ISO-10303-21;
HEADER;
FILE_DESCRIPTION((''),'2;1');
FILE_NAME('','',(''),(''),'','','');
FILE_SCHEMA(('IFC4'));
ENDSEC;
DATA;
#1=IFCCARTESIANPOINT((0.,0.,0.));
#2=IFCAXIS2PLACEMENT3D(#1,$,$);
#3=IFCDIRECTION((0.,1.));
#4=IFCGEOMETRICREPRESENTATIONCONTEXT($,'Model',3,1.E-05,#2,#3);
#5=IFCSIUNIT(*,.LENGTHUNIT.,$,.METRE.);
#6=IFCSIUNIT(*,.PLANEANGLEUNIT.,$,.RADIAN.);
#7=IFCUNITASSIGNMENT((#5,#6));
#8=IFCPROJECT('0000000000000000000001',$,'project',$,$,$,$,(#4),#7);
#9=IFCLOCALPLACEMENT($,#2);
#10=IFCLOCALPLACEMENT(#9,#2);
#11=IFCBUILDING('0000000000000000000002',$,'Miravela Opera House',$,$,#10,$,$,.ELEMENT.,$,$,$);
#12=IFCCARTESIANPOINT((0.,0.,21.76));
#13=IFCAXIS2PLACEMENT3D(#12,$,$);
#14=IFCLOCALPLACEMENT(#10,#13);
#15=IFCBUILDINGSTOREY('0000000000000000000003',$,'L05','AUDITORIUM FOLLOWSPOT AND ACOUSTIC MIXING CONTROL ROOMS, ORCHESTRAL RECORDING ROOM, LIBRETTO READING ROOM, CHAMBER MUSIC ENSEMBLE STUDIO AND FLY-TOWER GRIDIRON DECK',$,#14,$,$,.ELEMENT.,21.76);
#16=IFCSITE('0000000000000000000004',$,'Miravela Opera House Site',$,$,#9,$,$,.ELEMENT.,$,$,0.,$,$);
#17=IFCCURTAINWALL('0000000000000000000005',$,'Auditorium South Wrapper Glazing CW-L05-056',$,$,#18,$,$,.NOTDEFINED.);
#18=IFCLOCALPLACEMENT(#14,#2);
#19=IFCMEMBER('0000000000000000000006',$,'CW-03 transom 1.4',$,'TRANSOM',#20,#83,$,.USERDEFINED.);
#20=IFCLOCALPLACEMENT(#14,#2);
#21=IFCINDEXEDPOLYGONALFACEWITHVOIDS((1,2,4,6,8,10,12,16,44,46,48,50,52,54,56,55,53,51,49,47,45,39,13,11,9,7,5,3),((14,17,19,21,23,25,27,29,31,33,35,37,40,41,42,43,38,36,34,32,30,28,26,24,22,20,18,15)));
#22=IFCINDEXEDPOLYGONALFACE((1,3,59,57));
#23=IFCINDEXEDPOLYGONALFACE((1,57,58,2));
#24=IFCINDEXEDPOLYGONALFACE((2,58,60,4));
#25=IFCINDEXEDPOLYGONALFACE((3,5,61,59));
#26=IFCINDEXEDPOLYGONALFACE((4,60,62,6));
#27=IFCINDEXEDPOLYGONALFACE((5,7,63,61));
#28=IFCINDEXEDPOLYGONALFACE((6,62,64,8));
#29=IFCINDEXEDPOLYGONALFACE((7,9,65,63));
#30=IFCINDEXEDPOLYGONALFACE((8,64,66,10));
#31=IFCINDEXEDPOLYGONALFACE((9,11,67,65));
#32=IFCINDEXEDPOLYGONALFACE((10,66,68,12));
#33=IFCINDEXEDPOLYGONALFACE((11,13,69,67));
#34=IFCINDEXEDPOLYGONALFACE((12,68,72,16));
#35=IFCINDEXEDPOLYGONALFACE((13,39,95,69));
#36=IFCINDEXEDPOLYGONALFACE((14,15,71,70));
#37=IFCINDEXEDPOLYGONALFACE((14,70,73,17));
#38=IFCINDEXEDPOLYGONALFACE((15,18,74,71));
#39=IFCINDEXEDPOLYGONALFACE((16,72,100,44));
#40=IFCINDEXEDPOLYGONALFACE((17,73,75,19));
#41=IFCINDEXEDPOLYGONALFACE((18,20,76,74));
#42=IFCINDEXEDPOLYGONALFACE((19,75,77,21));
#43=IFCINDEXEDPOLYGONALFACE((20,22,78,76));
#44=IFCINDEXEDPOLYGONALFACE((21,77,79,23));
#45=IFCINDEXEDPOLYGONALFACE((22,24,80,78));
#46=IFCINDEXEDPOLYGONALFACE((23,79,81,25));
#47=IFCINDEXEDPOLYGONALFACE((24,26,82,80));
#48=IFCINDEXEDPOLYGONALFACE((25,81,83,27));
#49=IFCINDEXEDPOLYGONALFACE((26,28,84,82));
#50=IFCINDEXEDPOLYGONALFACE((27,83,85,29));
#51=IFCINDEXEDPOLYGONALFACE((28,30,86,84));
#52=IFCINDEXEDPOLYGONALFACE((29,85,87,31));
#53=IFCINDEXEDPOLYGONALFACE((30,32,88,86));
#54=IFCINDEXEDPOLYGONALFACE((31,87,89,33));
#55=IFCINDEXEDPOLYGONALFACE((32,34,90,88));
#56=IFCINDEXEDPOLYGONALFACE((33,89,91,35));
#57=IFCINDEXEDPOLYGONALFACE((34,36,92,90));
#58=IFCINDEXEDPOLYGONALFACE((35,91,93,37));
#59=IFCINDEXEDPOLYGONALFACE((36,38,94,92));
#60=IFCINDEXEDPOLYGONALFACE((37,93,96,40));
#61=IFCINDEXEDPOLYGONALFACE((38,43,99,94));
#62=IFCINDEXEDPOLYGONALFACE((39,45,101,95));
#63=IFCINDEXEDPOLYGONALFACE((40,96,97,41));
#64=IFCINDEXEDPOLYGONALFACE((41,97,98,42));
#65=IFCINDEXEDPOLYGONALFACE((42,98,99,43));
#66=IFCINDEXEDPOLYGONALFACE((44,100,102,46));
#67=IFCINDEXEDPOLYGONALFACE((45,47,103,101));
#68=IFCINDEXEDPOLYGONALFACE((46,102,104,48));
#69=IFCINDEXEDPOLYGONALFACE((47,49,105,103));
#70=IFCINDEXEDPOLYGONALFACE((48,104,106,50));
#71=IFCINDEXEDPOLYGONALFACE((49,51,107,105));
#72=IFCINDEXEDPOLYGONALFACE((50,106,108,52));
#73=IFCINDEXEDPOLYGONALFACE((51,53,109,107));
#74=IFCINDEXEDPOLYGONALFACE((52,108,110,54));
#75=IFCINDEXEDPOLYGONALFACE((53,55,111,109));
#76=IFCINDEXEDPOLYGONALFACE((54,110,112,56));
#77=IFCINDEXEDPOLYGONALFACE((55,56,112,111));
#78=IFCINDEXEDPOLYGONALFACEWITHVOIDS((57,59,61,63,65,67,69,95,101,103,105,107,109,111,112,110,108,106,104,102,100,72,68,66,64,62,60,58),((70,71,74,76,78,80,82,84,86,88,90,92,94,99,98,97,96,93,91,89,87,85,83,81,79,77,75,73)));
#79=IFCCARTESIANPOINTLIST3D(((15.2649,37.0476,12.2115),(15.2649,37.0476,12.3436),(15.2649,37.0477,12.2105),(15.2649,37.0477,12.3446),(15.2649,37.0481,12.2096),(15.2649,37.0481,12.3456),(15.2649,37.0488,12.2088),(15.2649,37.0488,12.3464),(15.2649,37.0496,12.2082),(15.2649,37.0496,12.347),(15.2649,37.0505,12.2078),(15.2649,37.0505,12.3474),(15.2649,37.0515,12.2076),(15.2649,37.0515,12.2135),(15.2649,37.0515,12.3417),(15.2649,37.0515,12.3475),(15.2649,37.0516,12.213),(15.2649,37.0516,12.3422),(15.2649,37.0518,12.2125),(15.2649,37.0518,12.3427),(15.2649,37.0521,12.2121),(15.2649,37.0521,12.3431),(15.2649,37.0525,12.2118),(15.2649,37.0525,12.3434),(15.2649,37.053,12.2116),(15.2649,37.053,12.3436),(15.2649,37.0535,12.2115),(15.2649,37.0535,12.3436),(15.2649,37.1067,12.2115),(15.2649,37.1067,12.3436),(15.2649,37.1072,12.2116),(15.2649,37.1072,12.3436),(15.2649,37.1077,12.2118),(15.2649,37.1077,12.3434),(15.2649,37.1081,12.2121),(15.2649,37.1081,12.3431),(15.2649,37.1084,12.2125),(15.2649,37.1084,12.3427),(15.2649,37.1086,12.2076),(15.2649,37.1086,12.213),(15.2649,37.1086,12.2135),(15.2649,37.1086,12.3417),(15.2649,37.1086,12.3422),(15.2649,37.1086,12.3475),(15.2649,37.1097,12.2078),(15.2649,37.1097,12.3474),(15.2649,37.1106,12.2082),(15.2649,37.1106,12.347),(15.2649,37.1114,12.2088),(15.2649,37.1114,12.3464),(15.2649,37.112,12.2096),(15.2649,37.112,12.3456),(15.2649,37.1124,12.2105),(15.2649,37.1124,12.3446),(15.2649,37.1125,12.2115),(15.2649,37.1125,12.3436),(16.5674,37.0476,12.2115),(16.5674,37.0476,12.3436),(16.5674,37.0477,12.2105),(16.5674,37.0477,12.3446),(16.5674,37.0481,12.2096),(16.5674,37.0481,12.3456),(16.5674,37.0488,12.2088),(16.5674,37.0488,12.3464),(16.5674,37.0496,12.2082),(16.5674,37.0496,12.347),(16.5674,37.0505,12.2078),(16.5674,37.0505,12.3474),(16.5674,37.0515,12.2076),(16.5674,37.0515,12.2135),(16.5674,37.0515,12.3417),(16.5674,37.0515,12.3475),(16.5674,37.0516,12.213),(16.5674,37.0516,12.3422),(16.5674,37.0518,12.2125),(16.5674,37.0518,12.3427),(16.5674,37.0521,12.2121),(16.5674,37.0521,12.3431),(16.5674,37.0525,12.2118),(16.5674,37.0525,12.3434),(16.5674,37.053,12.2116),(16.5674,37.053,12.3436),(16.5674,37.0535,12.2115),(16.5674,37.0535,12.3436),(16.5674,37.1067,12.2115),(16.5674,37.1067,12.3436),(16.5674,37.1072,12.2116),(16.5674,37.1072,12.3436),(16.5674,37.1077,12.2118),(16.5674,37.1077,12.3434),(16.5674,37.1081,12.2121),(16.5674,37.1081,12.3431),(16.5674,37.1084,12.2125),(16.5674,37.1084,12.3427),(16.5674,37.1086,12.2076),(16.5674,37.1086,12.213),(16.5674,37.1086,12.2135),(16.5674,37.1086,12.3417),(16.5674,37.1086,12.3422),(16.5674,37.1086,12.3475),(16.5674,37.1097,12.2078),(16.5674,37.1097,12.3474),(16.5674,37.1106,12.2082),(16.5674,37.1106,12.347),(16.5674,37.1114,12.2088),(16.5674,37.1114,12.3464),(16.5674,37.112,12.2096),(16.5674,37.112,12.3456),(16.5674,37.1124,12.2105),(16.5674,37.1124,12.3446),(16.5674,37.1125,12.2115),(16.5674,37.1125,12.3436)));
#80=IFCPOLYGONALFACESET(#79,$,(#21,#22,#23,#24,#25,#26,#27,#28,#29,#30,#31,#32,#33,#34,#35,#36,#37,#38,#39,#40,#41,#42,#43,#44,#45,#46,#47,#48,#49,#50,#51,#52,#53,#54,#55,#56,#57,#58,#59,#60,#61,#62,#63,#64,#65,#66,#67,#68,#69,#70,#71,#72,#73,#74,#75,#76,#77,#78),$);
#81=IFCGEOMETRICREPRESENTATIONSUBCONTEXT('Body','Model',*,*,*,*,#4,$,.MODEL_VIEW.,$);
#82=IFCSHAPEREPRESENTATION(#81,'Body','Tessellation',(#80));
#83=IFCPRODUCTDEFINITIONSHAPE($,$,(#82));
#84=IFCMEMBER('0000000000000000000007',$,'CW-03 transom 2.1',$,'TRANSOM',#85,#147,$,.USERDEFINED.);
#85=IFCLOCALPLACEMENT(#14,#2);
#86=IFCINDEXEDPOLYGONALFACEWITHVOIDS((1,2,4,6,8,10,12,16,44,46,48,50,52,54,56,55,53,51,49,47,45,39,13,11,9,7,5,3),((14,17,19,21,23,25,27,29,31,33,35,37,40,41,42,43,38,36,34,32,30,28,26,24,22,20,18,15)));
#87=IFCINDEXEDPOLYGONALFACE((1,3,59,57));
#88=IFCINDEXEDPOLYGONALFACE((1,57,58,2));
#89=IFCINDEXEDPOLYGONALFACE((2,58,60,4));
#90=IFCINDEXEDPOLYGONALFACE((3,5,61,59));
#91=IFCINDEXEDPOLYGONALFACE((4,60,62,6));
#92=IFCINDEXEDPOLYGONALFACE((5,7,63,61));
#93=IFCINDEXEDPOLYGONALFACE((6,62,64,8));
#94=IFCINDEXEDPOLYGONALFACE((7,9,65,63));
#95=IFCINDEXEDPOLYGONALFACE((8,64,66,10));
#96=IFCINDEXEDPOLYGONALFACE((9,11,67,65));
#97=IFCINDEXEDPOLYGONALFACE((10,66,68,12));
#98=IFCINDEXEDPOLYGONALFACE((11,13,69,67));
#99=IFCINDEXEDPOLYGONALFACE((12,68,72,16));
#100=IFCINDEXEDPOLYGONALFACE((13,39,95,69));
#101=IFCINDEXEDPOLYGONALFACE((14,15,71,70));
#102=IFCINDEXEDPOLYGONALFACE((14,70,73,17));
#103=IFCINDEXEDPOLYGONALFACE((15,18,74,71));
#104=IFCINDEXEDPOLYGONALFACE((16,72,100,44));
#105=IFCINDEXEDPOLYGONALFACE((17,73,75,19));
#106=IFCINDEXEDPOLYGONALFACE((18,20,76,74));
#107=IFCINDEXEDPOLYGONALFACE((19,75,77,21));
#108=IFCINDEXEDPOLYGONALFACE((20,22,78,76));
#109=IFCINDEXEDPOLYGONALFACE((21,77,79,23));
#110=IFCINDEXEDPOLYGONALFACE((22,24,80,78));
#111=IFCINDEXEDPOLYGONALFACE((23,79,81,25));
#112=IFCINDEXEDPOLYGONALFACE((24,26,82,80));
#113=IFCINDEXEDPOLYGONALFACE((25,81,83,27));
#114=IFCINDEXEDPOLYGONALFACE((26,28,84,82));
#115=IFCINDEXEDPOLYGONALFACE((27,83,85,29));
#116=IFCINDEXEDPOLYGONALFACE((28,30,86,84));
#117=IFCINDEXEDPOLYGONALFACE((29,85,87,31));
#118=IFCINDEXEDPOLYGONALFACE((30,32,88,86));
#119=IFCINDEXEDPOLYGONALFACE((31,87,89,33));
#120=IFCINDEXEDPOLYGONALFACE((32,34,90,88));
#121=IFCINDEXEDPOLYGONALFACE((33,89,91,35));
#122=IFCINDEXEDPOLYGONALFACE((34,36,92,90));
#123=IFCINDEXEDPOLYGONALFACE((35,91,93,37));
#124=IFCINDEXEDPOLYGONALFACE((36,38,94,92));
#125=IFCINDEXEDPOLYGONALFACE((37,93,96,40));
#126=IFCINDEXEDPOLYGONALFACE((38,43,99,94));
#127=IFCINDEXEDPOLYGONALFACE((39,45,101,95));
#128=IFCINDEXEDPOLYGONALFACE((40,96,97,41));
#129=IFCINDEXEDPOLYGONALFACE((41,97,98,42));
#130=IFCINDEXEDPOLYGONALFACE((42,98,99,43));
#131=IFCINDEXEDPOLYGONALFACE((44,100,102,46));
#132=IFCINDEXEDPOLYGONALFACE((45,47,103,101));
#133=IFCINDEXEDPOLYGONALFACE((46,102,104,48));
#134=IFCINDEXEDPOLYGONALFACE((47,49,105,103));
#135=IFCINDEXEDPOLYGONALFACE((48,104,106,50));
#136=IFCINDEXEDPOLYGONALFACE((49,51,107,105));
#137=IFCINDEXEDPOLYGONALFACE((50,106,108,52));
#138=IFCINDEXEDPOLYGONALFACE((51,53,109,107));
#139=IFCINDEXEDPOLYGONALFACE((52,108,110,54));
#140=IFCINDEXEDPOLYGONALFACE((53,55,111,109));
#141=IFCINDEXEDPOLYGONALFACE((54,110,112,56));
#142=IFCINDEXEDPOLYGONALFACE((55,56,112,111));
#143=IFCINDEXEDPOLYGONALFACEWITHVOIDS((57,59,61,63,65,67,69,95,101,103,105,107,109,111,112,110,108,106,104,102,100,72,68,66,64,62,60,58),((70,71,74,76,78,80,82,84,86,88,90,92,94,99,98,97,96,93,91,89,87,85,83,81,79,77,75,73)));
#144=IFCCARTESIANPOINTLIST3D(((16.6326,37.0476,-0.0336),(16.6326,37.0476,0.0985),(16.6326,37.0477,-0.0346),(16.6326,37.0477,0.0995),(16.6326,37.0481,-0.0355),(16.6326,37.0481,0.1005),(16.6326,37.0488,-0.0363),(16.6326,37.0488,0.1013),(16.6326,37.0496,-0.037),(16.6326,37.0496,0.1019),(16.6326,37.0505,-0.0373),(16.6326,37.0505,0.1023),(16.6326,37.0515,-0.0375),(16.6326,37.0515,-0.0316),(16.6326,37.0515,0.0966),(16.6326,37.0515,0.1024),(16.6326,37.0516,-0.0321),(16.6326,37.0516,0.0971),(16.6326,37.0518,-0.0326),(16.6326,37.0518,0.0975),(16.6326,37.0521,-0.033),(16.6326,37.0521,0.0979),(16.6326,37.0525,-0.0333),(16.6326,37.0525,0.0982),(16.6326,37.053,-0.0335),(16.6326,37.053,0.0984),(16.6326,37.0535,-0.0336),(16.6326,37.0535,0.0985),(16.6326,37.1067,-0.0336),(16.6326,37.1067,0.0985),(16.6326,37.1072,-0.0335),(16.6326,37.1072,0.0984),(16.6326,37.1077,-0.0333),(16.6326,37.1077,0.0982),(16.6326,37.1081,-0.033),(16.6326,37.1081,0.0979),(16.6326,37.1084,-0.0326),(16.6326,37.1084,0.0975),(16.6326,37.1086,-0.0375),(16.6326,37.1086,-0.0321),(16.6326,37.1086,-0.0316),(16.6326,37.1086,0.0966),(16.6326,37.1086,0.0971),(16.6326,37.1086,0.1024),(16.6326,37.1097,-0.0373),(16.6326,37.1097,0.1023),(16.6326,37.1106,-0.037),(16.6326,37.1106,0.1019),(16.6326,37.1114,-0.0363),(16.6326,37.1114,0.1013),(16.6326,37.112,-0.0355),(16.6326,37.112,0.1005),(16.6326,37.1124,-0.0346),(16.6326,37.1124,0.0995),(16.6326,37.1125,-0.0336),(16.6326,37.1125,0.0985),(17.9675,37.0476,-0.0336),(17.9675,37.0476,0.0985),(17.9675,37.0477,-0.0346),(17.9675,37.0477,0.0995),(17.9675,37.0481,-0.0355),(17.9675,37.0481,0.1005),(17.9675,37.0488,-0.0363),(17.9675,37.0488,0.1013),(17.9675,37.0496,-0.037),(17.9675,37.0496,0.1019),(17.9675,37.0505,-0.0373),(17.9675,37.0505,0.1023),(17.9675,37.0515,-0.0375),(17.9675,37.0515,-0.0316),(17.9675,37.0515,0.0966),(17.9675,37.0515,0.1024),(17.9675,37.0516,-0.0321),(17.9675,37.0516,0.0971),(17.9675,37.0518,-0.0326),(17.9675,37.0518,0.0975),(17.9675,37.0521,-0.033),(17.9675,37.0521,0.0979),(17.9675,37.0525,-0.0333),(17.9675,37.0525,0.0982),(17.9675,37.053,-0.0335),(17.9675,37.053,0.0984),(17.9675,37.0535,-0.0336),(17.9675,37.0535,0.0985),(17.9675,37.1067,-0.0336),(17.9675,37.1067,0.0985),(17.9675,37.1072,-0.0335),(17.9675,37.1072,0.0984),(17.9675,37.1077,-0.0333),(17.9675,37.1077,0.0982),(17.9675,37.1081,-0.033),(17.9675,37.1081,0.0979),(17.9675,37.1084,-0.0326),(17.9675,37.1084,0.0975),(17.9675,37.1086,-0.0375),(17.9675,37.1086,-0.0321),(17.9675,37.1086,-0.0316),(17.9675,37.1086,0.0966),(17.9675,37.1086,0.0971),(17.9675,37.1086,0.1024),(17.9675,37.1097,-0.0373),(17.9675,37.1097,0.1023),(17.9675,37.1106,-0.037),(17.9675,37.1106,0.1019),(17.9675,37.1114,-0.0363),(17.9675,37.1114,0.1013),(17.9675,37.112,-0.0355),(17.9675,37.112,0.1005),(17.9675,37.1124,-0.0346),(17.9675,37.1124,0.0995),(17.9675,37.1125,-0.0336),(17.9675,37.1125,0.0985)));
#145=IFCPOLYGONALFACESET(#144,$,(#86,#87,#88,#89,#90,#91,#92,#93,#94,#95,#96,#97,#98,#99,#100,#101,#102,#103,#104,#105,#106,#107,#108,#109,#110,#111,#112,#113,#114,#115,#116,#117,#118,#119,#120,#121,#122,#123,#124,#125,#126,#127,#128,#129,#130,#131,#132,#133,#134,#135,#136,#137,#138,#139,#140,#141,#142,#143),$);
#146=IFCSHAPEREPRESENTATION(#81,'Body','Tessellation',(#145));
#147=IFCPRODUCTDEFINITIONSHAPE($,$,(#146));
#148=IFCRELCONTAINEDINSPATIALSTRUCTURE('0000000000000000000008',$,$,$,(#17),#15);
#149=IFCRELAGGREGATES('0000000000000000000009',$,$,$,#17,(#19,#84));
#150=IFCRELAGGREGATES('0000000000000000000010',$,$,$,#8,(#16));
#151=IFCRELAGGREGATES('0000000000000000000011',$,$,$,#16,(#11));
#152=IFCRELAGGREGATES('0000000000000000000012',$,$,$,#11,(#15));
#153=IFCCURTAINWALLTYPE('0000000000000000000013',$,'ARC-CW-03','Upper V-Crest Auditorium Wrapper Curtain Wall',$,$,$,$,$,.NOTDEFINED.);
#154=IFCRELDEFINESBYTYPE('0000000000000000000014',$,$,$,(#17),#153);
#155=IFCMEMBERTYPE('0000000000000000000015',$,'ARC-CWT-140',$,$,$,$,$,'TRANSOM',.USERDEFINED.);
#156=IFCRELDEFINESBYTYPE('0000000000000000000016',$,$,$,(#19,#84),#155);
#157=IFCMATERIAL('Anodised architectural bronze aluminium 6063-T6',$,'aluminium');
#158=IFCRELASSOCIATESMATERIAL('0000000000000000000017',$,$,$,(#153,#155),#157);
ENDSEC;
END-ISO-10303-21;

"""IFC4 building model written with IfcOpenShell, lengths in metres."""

from ifc_helpers import new_model, si_unit, direction, frame, origin, origin_2d, place, context, subcontext, project, spatial, hollow_rectangle, extrude, material, material_profile, profile_set, type_object, element, aggregate, save


model = new_model("IFC4")

# Units and contexts
model_context = context("Model", 3, precision=1e-05, world=origin(), true_north=direction((0.0, 1.0)))
body_context = subcontext(model_context, "Body", "Model", "MODEL_VIEW")
ifc_project = project(units=[si_unit("LENGTHUNIT", "METRE"), si_unit("PLANEANGLEUNIT", "RADIAN")], contexts=[model_context])

# Site, building, storey
site_placement = place(None, origin())
site = spatial("IfcSite", under=ifc_project, at=site_placement, Name="Miravela Opera House Site", CompositionType="ELEMENT", RefElevation=0.0)
building_placement = place(site_placement, origin())
building = spatial("IfcBuilding", under=site, at=building_placement, Name="Miravela Opera House", CompositionType="ELEMENT")
storey_placement = place(building_placement, frame((0.0, 0.0, 21.76)))
storey = spatial("IfcBuildingStorey", under=building, at=storey_placement, Name="L05", Description="AUDITORIUM FOLLOWSPOT AND ACOUSTIC MIXING CONTROL ROOMS, ORCHESTRAL RECORDING ROOM, LIBRETTO READING ROOM, CHAMBER MUSIC ENSEMBLE STUDIO AND FLY-TOWER GRIDIRON DECK", CompositionType="ELEMENT", Elevation=21.76)

# Curtain wall, members
ifc_material_1 = material(Name="Anodised architectural bronze aluminium 6063-T6", Category="aluminium")
curtain_wall_type = type_object("IfcCurtainWallType", Name="ARC-CW-03", Description="Upper V-Crest Auditorium Wrapper Curtain Wall", PredefinedType="NOTDEFINED", material=ifc_material_1)
curtain_wall_placement = place(storey_placement, origin())
curtain_wall = element("IfcCurtainWall", 1, at=curtain_wall_placement, inside=storey, type_object=curtain_wall_type, Name="Auditorium South Wrapper Glazing CW-L05-056", PredefinedType="NOTDEFINED")
ifc_material_profile_1 = material_profile(ifc_material_1, hollow_rectangle(XDim=0.0649, YDim=0.1399, WallThickness=0.0039, InnerFilletRadius=0.002, OuterFilletRadius=0.0039, at=origin_2d()), Name="CWT-65X140")
ifc_profile_set_1 = profile_set([ifc_material_profile_1])
member_type_1 = type_object("IfcMemberType", Name="ARC-CWT-140", ElementType="TRANSOM", PredefinedType="USERDEFINED", material=ifc_profile_set_1)
member_1_placement = place(storey_placement, frame((15.2649, 37.0801, 12.2776), z_axis=(1.0, 0.0, 0.0), x_axis=(0.0, 1.0, 0.0)))
member_1 = element("IfcMember", 2, at=member_1_placement, type_object=member_type_1, Name="CW-03 transom 1.4", ObjectType="TRANSOM", PredefinedType="USERDEFINED", context=body_context, shape_type="SweptSolid", body=[
    extrude(hollow_rectangle(XDim=0.0649, YDim=0.1399, WallThickness=0.0039, InnerFilletRadius=0.002, OuterFilletRadius=0.0039, at=origin_2d()), origin(), (0.0, 0.0, 1.0), 1.3025),
])
member_2_placement = place(storey_placement, frame((16.6326, 37.0801, 0.0325), z_axis=(1.0, 0.0, 0.0), x_axis=(0.0, 1.0, 0.0)))
member_2 = element("IfcMember", 3, at=member_2_placement, type_object=member_type_1, Name="CW-03 transom 2.1", ObjectType="TRANSOM", PredefinedType="USERDEFINED", context=body_context, shape_type="SweptSolid", body=[
    extrude(hollow_rectangle(XDim=0.0649, YDim=0.1399, WallThickness=0.0039, InnerFilletRadius=0.002, OuterFilletRadius=0.0039, at=origin_2d()), origin(), (0.0, 0.0, 1.0), 1.335),
])

aggregate(curtain_wall, [member_1, member_2])

save(model, "model.ifc")
